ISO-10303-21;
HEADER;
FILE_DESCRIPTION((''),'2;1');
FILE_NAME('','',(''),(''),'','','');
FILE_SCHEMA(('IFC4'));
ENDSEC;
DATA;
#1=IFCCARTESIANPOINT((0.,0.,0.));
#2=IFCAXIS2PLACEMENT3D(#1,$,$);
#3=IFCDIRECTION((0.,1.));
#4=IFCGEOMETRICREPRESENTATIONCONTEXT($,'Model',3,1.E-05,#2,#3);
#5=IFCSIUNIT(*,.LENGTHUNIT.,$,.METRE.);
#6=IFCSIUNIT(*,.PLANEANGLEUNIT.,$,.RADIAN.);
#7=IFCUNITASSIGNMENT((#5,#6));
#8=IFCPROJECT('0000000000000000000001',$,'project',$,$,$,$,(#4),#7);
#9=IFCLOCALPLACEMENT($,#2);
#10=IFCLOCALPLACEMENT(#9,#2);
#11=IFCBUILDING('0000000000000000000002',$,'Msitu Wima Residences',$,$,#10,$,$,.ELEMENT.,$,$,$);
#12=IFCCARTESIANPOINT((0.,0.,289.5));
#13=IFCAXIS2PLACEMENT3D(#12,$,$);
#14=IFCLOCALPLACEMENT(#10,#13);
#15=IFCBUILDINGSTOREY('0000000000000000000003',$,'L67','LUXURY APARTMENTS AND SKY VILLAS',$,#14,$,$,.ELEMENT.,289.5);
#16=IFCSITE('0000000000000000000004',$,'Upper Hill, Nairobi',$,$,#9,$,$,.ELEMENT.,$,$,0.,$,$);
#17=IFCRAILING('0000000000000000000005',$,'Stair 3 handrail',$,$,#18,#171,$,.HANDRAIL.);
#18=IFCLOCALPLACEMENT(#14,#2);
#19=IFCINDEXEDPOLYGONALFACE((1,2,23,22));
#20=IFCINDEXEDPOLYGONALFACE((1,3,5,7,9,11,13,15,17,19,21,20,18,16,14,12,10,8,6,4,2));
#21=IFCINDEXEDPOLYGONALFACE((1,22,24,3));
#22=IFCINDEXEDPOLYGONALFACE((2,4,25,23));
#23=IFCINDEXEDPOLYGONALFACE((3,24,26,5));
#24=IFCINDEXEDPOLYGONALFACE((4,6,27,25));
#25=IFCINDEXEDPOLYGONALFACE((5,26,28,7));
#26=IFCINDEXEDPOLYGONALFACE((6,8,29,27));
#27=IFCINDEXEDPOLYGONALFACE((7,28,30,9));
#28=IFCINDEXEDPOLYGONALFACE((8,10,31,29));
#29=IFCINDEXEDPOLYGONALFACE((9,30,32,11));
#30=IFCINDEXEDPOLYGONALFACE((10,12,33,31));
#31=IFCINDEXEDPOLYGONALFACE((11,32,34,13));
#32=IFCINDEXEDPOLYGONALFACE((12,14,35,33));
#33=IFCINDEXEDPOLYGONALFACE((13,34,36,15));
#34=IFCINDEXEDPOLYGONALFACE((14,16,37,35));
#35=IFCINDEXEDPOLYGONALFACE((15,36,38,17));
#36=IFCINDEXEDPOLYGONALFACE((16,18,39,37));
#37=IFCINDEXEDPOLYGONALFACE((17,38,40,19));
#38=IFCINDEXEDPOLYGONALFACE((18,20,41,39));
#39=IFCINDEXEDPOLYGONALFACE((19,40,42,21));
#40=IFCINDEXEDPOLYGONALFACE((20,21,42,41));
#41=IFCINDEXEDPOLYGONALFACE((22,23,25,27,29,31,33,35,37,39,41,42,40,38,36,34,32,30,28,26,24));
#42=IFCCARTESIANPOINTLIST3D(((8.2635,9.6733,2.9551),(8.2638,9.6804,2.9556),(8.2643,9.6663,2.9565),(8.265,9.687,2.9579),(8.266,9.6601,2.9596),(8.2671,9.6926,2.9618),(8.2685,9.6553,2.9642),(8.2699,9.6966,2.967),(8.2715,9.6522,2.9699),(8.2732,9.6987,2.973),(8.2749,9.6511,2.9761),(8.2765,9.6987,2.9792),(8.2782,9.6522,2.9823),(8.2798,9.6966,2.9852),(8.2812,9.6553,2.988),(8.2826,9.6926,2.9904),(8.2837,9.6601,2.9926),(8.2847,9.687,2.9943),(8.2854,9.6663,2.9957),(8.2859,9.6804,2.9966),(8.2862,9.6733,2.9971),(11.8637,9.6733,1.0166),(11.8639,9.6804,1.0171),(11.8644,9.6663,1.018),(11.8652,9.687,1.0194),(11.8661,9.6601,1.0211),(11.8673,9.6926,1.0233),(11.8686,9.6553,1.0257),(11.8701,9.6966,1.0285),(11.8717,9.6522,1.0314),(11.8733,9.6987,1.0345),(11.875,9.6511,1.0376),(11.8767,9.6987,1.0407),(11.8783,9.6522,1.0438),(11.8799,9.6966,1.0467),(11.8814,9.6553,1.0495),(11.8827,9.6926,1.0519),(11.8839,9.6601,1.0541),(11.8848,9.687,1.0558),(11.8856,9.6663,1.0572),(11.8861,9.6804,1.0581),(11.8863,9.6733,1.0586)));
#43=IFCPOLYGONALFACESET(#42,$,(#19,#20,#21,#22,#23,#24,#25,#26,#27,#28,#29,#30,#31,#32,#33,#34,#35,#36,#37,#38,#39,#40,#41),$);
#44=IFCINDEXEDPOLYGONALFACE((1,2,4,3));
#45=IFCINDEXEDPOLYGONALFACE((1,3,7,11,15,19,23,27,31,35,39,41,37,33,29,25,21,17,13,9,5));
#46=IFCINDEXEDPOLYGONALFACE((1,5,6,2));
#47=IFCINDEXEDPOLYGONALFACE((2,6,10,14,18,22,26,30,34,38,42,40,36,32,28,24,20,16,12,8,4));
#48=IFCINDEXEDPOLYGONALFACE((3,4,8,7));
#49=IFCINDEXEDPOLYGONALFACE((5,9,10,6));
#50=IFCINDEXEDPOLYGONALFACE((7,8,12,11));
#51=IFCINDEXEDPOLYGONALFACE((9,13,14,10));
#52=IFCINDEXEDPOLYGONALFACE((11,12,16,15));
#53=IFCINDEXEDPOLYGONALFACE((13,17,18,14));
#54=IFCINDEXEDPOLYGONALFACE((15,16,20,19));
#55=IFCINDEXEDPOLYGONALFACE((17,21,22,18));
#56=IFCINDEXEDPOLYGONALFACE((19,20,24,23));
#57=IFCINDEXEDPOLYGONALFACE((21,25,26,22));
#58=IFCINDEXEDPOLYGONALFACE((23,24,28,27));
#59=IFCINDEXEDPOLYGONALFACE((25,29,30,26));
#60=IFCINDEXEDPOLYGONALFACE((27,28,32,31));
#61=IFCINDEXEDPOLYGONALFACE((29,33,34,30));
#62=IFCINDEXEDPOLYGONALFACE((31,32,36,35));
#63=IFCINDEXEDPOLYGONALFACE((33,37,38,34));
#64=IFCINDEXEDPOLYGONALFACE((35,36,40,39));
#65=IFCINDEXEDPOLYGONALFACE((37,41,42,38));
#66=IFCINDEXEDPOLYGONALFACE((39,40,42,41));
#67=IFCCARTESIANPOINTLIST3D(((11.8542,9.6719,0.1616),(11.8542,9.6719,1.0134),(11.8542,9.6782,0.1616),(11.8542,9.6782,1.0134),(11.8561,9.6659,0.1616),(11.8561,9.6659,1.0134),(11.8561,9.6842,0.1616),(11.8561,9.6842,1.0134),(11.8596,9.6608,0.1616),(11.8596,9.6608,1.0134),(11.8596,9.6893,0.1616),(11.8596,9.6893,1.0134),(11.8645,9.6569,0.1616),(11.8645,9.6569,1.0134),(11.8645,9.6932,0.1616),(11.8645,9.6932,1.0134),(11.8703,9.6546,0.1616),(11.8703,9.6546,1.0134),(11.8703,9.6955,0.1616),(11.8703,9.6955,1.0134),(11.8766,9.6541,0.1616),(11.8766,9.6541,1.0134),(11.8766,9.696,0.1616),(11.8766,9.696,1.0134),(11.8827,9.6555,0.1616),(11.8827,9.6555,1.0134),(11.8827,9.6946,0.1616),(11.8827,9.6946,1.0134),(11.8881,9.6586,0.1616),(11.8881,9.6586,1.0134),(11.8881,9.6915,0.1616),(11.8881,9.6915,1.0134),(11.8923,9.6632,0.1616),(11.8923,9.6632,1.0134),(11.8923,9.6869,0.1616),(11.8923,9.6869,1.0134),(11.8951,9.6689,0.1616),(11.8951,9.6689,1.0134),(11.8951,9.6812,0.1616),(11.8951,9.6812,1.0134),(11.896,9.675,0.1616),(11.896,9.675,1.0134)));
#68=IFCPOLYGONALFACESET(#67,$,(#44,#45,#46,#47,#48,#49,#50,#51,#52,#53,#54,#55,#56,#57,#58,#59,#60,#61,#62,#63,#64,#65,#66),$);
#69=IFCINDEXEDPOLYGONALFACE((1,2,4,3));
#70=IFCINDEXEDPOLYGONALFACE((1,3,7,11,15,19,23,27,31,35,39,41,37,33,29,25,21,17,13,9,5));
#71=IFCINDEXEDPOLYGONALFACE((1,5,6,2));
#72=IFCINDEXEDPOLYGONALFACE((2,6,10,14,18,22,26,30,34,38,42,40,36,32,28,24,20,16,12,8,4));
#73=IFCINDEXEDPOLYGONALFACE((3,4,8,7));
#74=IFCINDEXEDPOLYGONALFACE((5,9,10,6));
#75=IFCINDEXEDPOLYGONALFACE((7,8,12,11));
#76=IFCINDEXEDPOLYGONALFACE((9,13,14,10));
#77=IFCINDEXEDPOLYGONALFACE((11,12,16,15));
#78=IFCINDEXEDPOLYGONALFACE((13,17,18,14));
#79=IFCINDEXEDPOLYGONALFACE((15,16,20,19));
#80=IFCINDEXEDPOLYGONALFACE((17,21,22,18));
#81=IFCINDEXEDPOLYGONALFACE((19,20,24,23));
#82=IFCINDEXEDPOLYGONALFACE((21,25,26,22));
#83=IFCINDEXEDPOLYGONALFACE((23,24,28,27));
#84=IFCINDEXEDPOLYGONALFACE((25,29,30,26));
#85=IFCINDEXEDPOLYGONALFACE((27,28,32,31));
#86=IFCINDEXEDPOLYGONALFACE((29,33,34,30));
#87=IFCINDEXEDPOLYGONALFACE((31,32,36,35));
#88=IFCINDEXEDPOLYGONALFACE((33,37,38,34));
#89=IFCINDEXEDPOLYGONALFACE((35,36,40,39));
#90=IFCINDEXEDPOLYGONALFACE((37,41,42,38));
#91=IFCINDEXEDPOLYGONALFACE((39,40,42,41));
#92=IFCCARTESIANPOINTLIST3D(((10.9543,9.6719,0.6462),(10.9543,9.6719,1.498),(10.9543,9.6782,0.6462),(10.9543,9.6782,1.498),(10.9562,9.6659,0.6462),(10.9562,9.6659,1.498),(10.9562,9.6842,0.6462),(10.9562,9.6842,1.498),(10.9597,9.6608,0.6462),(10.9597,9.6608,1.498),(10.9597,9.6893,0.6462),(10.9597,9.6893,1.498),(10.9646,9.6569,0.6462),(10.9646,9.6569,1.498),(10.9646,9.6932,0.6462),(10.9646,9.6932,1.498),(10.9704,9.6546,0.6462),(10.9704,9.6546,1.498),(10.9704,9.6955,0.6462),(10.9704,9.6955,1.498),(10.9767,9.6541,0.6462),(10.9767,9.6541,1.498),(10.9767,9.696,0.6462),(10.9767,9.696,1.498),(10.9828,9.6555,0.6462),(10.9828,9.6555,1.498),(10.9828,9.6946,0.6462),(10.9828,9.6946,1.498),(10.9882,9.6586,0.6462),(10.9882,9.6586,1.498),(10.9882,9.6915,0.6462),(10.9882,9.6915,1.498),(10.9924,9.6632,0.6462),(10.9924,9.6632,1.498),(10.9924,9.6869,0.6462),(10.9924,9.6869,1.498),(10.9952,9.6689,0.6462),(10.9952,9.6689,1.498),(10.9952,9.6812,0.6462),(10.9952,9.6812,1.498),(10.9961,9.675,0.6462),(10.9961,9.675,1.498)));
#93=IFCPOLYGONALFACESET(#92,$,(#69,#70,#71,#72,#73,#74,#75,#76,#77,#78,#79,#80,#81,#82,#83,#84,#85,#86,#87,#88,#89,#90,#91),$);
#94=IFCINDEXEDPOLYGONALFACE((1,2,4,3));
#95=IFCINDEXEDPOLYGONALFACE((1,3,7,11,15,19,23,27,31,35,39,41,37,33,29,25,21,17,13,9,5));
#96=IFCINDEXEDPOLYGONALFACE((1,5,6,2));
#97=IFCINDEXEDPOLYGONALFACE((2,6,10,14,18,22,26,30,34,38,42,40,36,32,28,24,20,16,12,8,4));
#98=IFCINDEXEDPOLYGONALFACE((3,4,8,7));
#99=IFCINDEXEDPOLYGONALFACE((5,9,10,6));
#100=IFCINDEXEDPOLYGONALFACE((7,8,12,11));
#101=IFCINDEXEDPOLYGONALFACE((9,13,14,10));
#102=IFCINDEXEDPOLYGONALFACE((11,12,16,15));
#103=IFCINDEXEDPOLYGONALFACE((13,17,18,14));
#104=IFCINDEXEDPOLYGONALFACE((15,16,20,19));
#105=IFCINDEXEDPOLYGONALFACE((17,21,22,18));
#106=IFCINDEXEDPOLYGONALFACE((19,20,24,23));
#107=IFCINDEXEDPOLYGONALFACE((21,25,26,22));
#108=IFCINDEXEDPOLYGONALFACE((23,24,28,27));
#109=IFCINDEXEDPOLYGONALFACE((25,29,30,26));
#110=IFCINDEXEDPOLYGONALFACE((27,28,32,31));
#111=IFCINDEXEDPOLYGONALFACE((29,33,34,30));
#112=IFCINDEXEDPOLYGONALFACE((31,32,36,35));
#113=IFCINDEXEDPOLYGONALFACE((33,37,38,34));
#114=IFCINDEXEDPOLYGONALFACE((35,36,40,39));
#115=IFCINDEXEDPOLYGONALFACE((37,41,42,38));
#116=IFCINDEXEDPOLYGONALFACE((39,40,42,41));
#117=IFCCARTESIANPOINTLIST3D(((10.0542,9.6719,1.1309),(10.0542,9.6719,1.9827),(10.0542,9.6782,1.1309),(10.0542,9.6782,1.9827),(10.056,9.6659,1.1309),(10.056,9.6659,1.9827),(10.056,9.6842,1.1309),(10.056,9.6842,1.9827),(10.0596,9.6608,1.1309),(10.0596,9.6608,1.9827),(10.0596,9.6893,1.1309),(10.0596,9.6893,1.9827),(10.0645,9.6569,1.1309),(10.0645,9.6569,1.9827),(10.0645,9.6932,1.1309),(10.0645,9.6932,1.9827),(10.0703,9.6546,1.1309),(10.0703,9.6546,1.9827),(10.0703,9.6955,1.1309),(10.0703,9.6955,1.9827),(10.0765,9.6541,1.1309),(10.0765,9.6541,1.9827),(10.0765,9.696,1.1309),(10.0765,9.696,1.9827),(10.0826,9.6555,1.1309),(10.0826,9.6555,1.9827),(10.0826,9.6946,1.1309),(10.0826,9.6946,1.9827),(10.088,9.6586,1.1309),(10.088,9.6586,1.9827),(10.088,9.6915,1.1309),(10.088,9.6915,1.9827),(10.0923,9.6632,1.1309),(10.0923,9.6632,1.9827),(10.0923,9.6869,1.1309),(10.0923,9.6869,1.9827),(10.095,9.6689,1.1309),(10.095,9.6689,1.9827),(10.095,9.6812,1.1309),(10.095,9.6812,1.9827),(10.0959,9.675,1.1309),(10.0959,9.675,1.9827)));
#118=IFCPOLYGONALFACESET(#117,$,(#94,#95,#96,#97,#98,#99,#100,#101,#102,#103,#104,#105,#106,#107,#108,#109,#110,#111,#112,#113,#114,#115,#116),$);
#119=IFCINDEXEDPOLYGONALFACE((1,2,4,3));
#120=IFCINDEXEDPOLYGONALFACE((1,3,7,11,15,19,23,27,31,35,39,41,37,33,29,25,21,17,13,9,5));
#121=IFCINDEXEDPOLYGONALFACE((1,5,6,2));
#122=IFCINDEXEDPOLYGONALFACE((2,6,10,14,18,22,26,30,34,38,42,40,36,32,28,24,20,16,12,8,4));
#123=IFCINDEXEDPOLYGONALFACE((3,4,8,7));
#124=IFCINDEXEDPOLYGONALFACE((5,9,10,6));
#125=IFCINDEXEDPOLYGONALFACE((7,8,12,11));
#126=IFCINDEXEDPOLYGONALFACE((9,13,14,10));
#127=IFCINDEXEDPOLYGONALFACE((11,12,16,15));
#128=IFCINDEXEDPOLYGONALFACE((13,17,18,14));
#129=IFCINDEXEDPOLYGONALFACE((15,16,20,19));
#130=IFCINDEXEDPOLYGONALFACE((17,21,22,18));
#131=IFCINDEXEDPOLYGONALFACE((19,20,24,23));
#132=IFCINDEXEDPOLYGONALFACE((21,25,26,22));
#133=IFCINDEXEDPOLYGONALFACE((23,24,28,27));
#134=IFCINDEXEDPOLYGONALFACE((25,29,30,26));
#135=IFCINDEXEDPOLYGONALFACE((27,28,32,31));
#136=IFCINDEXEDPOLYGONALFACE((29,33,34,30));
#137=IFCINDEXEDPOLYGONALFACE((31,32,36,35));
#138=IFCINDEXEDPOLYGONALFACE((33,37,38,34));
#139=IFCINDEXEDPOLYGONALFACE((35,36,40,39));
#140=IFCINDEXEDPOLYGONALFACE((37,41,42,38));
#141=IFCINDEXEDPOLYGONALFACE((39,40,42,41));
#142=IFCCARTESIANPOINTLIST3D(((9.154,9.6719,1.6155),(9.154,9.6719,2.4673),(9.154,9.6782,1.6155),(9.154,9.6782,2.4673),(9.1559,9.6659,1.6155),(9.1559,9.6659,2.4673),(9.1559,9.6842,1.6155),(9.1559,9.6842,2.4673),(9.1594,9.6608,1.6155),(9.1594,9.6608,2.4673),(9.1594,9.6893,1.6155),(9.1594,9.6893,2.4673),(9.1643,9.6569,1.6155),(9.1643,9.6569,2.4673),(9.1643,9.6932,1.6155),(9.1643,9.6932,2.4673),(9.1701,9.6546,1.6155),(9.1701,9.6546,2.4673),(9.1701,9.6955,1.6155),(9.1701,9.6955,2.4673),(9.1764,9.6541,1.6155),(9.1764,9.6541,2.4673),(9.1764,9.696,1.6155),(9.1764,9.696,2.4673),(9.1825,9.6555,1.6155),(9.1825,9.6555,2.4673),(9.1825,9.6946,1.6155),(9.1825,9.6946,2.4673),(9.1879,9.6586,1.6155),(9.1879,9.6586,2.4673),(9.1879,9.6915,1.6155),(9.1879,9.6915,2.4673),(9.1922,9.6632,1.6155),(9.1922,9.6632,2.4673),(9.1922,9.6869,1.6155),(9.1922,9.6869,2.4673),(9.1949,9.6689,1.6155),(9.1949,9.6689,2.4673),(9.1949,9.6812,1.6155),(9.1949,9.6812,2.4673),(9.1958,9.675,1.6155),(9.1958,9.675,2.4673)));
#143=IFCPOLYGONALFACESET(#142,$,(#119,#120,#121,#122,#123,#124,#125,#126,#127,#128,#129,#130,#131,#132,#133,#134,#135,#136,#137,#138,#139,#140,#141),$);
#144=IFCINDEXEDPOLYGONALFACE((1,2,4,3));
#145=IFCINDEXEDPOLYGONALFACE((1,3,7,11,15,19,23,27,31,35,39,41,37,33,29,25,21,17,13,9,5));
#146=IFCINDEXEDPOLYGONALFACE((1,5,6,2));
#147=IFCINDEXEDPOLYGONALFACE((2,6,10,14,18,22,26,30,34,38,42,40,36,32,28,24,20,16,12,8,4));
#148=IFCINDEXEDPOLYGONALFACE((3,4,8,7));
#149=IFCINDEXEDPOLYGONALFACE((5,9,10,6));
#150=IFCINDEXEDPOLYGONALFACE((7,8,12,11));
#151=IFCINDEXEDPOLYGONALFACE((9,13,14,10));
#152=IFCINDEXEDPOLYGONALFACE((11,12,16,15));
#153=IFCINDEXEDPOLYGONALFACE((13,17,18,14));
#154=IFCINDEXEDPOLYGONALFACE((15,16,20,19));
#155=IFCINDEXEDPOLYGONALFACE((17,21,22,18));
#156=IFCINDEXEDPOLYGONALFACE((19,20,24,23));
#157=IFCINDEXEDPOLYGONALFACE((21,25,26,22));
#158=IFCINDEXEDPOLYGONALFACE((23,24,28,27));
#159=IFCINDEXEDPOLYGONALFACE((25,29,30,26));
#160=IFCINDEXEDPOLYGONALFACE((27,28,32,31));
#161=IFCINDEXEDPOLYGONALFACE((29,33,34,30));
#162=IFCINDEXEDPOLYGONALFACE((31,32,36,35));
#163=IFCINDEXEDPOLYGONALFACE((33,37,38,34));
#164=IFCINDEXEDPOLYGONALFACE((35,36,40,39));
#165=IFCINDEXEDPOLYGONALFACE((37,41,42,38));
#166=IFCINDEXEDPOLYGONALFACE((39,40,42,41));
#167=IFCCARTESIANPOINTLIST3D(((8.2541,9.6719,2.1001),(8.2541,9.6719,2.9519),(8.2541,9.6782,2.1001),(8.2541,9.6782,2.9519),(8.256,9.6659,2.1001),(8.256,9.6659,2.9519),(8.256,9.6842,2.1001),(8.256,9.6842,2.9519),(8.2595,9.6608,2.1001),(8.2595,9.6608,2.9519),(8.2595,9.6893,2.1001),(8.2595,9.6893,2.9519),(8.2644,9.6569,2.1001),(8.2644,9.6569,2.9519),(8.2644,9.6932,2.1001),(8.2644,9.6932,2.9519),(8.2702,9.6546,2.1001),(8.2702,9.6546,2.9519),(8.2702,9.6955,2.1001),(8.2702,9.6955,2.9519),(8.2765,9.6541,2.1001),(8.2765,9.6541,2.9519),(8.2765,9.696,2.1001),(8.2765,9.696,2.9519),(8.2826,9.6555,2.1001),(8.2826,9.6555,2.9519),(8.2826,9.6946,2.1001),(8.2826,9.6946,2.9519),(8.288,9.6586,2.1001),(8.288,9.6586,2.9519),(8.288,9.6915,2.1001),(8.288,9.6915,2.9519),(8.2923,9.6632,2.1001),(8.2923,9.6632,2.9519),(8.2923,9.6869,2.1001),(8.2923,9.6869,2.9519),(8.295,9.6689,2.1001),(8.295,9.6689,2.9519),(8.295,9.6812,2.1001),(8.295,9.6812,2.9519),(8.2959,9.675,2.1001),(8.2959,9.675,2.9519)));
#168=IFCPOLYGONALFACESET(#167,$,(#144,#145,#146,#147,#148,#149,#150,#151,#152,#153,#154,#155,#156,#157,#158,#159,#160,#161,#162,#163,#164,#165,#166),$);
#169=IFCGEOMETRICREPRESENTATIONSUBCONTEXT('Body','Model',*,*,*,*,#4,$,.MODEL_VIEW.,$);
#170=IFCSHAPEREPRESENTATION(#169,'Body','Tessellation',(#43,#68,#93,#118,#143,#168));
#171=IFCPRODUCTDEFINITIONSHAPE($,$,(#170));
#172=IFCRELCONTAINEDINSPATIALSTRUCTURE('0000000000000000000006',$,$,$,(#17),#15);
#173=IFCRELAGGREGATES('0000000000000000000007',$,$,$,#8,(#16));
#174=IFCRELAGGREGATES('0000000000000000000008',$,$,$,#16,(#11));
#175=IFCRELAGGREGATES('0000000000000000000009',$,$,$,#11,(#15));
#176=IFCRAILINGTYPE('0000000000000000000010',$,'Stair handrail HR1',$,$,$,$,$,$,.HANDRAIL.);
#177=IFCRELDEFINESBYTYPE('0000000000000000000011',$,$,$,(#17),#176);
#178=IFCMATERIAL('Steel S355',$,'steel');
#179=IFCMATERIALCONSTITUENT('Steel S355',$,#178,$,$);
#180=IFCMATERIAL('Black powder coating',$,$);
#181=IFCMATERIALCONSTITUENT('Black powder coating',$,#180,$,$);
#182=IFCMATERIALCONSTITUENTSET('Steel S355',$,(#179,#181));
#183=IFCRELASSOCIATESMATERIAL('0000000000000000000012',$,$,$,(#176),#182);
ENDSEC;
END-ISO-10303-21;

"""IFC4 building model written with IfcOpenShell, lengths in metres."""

from ifc_helpers import new_model, si_unit, direction, frame, origin, origin_2d, place, context, subcontext, project, spatial, circle, extrude, material, constituent, constituent_set, type_object, element, save


model = new_model("IFC4")

# Units and contexts
model_context = context("Model", 3, precision=1e-05, world=origin(), true_north=direction((0.0, 1.0)))
body_context = subcontext(model_context, "Body", "Model", "MODEL_VIEW")
ifc_project = project(units=[si_unit("LENGTHUNIT", "METRE"), si_unit("PLANEANGLEUNIT", "RADIAN")], contexts=[model_context])

# Site, building, storey
site_placement = place(None, origin())
site = spatial("IfcSite", under=ifc_project, at=site_placement, Name="Upper Hill, Nairobi", CompositionType="ELEMENT", RefElevation=0.0)
building_placement = place(site_placement, origin())
building = spatial("IfcBuilding", under=site, at=building_placement, Name="Msitu Wima Residences", CompositionType="ELEMENT")
storey_placement = place(building_placement, frame((0.0, 0.0, 289.5)))
storey = spatial("IfcBuildingStorey", under=building, at=storey_placement, Name="L67", Description="LUXURY APARTMENTS AND SKY VILLAS", CompositionType="ELEMENT", Elevation=289.5)

# Railing
ifc_material_1 = material(Name="Steel S355", Category="steel")
ifc_constituent_1 = constituent(ifc_material_1, Name="Steel S355")
ifc_material_2 = material(Name="Black powder coating")
ifc_constituent_2 = constituent(ifc_material_2, Name="Black powder coating")
ifc_constituent_set_1 = constituent_set(constituents=[ifc_constituent_1, ifc_constituent_2], Name="Steel S355")
railing_type_1 = type_object("IfcRailingType", Name="Stair handrail HR1", PredefinedType="HANDRAIL", material=ifc_constituent_set_1)
for number, where, name in (
    (1, (11.875, 9.675, 0.1616), "Stair 3 handrail"),
):
    element("IfcRailing", number, at=place(storey_placement, frame(where)), inside=storey, type_object=railing_type_1, Name=name, PredefinedType="HANDRAIL", context=body_context, shape_type="SweptSolid", body=[
        extrude(circle(Radius=0.0239, at=origin_2d()), frame((0.0, 0.0, 0.876), z_axis=(-0.880475, 0.0, 0.474093), x_axis=(0.0, -1.0, 0.0)), (0.0, 0.0, 1.0), 4.0889),
        extrude(circle(Radius=0.021, at=origin_2d()), origin(), (0.0, 0.0, 1.0), 0.8518),
        extrude(circle(Radius=0.021, at=origin_2d()), frame((-0.8999, 0.0, 0.4846)), (0.0, 0.0, 1.0), 0.8518),
        extrude(circle(Radius=0.021, at=origin_2d()), frame((-1.8, 0.0, 0.9692)), (0.0, 0.0, 1.0), 0.8518),
        extrude(circle(Radius=0.021, at=origin_2d()), frame((-2.7002, 0.0, 1.4539)), (0.0, 0.0, 1.0), 0.8518),
        extrude(circle(Radius=0.021, at=origin_2d()), frame((-3.6001, 0.0, 1.9385)), (0.0, 0.0, 1.0), 0.8518),
    ])

save(model, "model.ifc")
